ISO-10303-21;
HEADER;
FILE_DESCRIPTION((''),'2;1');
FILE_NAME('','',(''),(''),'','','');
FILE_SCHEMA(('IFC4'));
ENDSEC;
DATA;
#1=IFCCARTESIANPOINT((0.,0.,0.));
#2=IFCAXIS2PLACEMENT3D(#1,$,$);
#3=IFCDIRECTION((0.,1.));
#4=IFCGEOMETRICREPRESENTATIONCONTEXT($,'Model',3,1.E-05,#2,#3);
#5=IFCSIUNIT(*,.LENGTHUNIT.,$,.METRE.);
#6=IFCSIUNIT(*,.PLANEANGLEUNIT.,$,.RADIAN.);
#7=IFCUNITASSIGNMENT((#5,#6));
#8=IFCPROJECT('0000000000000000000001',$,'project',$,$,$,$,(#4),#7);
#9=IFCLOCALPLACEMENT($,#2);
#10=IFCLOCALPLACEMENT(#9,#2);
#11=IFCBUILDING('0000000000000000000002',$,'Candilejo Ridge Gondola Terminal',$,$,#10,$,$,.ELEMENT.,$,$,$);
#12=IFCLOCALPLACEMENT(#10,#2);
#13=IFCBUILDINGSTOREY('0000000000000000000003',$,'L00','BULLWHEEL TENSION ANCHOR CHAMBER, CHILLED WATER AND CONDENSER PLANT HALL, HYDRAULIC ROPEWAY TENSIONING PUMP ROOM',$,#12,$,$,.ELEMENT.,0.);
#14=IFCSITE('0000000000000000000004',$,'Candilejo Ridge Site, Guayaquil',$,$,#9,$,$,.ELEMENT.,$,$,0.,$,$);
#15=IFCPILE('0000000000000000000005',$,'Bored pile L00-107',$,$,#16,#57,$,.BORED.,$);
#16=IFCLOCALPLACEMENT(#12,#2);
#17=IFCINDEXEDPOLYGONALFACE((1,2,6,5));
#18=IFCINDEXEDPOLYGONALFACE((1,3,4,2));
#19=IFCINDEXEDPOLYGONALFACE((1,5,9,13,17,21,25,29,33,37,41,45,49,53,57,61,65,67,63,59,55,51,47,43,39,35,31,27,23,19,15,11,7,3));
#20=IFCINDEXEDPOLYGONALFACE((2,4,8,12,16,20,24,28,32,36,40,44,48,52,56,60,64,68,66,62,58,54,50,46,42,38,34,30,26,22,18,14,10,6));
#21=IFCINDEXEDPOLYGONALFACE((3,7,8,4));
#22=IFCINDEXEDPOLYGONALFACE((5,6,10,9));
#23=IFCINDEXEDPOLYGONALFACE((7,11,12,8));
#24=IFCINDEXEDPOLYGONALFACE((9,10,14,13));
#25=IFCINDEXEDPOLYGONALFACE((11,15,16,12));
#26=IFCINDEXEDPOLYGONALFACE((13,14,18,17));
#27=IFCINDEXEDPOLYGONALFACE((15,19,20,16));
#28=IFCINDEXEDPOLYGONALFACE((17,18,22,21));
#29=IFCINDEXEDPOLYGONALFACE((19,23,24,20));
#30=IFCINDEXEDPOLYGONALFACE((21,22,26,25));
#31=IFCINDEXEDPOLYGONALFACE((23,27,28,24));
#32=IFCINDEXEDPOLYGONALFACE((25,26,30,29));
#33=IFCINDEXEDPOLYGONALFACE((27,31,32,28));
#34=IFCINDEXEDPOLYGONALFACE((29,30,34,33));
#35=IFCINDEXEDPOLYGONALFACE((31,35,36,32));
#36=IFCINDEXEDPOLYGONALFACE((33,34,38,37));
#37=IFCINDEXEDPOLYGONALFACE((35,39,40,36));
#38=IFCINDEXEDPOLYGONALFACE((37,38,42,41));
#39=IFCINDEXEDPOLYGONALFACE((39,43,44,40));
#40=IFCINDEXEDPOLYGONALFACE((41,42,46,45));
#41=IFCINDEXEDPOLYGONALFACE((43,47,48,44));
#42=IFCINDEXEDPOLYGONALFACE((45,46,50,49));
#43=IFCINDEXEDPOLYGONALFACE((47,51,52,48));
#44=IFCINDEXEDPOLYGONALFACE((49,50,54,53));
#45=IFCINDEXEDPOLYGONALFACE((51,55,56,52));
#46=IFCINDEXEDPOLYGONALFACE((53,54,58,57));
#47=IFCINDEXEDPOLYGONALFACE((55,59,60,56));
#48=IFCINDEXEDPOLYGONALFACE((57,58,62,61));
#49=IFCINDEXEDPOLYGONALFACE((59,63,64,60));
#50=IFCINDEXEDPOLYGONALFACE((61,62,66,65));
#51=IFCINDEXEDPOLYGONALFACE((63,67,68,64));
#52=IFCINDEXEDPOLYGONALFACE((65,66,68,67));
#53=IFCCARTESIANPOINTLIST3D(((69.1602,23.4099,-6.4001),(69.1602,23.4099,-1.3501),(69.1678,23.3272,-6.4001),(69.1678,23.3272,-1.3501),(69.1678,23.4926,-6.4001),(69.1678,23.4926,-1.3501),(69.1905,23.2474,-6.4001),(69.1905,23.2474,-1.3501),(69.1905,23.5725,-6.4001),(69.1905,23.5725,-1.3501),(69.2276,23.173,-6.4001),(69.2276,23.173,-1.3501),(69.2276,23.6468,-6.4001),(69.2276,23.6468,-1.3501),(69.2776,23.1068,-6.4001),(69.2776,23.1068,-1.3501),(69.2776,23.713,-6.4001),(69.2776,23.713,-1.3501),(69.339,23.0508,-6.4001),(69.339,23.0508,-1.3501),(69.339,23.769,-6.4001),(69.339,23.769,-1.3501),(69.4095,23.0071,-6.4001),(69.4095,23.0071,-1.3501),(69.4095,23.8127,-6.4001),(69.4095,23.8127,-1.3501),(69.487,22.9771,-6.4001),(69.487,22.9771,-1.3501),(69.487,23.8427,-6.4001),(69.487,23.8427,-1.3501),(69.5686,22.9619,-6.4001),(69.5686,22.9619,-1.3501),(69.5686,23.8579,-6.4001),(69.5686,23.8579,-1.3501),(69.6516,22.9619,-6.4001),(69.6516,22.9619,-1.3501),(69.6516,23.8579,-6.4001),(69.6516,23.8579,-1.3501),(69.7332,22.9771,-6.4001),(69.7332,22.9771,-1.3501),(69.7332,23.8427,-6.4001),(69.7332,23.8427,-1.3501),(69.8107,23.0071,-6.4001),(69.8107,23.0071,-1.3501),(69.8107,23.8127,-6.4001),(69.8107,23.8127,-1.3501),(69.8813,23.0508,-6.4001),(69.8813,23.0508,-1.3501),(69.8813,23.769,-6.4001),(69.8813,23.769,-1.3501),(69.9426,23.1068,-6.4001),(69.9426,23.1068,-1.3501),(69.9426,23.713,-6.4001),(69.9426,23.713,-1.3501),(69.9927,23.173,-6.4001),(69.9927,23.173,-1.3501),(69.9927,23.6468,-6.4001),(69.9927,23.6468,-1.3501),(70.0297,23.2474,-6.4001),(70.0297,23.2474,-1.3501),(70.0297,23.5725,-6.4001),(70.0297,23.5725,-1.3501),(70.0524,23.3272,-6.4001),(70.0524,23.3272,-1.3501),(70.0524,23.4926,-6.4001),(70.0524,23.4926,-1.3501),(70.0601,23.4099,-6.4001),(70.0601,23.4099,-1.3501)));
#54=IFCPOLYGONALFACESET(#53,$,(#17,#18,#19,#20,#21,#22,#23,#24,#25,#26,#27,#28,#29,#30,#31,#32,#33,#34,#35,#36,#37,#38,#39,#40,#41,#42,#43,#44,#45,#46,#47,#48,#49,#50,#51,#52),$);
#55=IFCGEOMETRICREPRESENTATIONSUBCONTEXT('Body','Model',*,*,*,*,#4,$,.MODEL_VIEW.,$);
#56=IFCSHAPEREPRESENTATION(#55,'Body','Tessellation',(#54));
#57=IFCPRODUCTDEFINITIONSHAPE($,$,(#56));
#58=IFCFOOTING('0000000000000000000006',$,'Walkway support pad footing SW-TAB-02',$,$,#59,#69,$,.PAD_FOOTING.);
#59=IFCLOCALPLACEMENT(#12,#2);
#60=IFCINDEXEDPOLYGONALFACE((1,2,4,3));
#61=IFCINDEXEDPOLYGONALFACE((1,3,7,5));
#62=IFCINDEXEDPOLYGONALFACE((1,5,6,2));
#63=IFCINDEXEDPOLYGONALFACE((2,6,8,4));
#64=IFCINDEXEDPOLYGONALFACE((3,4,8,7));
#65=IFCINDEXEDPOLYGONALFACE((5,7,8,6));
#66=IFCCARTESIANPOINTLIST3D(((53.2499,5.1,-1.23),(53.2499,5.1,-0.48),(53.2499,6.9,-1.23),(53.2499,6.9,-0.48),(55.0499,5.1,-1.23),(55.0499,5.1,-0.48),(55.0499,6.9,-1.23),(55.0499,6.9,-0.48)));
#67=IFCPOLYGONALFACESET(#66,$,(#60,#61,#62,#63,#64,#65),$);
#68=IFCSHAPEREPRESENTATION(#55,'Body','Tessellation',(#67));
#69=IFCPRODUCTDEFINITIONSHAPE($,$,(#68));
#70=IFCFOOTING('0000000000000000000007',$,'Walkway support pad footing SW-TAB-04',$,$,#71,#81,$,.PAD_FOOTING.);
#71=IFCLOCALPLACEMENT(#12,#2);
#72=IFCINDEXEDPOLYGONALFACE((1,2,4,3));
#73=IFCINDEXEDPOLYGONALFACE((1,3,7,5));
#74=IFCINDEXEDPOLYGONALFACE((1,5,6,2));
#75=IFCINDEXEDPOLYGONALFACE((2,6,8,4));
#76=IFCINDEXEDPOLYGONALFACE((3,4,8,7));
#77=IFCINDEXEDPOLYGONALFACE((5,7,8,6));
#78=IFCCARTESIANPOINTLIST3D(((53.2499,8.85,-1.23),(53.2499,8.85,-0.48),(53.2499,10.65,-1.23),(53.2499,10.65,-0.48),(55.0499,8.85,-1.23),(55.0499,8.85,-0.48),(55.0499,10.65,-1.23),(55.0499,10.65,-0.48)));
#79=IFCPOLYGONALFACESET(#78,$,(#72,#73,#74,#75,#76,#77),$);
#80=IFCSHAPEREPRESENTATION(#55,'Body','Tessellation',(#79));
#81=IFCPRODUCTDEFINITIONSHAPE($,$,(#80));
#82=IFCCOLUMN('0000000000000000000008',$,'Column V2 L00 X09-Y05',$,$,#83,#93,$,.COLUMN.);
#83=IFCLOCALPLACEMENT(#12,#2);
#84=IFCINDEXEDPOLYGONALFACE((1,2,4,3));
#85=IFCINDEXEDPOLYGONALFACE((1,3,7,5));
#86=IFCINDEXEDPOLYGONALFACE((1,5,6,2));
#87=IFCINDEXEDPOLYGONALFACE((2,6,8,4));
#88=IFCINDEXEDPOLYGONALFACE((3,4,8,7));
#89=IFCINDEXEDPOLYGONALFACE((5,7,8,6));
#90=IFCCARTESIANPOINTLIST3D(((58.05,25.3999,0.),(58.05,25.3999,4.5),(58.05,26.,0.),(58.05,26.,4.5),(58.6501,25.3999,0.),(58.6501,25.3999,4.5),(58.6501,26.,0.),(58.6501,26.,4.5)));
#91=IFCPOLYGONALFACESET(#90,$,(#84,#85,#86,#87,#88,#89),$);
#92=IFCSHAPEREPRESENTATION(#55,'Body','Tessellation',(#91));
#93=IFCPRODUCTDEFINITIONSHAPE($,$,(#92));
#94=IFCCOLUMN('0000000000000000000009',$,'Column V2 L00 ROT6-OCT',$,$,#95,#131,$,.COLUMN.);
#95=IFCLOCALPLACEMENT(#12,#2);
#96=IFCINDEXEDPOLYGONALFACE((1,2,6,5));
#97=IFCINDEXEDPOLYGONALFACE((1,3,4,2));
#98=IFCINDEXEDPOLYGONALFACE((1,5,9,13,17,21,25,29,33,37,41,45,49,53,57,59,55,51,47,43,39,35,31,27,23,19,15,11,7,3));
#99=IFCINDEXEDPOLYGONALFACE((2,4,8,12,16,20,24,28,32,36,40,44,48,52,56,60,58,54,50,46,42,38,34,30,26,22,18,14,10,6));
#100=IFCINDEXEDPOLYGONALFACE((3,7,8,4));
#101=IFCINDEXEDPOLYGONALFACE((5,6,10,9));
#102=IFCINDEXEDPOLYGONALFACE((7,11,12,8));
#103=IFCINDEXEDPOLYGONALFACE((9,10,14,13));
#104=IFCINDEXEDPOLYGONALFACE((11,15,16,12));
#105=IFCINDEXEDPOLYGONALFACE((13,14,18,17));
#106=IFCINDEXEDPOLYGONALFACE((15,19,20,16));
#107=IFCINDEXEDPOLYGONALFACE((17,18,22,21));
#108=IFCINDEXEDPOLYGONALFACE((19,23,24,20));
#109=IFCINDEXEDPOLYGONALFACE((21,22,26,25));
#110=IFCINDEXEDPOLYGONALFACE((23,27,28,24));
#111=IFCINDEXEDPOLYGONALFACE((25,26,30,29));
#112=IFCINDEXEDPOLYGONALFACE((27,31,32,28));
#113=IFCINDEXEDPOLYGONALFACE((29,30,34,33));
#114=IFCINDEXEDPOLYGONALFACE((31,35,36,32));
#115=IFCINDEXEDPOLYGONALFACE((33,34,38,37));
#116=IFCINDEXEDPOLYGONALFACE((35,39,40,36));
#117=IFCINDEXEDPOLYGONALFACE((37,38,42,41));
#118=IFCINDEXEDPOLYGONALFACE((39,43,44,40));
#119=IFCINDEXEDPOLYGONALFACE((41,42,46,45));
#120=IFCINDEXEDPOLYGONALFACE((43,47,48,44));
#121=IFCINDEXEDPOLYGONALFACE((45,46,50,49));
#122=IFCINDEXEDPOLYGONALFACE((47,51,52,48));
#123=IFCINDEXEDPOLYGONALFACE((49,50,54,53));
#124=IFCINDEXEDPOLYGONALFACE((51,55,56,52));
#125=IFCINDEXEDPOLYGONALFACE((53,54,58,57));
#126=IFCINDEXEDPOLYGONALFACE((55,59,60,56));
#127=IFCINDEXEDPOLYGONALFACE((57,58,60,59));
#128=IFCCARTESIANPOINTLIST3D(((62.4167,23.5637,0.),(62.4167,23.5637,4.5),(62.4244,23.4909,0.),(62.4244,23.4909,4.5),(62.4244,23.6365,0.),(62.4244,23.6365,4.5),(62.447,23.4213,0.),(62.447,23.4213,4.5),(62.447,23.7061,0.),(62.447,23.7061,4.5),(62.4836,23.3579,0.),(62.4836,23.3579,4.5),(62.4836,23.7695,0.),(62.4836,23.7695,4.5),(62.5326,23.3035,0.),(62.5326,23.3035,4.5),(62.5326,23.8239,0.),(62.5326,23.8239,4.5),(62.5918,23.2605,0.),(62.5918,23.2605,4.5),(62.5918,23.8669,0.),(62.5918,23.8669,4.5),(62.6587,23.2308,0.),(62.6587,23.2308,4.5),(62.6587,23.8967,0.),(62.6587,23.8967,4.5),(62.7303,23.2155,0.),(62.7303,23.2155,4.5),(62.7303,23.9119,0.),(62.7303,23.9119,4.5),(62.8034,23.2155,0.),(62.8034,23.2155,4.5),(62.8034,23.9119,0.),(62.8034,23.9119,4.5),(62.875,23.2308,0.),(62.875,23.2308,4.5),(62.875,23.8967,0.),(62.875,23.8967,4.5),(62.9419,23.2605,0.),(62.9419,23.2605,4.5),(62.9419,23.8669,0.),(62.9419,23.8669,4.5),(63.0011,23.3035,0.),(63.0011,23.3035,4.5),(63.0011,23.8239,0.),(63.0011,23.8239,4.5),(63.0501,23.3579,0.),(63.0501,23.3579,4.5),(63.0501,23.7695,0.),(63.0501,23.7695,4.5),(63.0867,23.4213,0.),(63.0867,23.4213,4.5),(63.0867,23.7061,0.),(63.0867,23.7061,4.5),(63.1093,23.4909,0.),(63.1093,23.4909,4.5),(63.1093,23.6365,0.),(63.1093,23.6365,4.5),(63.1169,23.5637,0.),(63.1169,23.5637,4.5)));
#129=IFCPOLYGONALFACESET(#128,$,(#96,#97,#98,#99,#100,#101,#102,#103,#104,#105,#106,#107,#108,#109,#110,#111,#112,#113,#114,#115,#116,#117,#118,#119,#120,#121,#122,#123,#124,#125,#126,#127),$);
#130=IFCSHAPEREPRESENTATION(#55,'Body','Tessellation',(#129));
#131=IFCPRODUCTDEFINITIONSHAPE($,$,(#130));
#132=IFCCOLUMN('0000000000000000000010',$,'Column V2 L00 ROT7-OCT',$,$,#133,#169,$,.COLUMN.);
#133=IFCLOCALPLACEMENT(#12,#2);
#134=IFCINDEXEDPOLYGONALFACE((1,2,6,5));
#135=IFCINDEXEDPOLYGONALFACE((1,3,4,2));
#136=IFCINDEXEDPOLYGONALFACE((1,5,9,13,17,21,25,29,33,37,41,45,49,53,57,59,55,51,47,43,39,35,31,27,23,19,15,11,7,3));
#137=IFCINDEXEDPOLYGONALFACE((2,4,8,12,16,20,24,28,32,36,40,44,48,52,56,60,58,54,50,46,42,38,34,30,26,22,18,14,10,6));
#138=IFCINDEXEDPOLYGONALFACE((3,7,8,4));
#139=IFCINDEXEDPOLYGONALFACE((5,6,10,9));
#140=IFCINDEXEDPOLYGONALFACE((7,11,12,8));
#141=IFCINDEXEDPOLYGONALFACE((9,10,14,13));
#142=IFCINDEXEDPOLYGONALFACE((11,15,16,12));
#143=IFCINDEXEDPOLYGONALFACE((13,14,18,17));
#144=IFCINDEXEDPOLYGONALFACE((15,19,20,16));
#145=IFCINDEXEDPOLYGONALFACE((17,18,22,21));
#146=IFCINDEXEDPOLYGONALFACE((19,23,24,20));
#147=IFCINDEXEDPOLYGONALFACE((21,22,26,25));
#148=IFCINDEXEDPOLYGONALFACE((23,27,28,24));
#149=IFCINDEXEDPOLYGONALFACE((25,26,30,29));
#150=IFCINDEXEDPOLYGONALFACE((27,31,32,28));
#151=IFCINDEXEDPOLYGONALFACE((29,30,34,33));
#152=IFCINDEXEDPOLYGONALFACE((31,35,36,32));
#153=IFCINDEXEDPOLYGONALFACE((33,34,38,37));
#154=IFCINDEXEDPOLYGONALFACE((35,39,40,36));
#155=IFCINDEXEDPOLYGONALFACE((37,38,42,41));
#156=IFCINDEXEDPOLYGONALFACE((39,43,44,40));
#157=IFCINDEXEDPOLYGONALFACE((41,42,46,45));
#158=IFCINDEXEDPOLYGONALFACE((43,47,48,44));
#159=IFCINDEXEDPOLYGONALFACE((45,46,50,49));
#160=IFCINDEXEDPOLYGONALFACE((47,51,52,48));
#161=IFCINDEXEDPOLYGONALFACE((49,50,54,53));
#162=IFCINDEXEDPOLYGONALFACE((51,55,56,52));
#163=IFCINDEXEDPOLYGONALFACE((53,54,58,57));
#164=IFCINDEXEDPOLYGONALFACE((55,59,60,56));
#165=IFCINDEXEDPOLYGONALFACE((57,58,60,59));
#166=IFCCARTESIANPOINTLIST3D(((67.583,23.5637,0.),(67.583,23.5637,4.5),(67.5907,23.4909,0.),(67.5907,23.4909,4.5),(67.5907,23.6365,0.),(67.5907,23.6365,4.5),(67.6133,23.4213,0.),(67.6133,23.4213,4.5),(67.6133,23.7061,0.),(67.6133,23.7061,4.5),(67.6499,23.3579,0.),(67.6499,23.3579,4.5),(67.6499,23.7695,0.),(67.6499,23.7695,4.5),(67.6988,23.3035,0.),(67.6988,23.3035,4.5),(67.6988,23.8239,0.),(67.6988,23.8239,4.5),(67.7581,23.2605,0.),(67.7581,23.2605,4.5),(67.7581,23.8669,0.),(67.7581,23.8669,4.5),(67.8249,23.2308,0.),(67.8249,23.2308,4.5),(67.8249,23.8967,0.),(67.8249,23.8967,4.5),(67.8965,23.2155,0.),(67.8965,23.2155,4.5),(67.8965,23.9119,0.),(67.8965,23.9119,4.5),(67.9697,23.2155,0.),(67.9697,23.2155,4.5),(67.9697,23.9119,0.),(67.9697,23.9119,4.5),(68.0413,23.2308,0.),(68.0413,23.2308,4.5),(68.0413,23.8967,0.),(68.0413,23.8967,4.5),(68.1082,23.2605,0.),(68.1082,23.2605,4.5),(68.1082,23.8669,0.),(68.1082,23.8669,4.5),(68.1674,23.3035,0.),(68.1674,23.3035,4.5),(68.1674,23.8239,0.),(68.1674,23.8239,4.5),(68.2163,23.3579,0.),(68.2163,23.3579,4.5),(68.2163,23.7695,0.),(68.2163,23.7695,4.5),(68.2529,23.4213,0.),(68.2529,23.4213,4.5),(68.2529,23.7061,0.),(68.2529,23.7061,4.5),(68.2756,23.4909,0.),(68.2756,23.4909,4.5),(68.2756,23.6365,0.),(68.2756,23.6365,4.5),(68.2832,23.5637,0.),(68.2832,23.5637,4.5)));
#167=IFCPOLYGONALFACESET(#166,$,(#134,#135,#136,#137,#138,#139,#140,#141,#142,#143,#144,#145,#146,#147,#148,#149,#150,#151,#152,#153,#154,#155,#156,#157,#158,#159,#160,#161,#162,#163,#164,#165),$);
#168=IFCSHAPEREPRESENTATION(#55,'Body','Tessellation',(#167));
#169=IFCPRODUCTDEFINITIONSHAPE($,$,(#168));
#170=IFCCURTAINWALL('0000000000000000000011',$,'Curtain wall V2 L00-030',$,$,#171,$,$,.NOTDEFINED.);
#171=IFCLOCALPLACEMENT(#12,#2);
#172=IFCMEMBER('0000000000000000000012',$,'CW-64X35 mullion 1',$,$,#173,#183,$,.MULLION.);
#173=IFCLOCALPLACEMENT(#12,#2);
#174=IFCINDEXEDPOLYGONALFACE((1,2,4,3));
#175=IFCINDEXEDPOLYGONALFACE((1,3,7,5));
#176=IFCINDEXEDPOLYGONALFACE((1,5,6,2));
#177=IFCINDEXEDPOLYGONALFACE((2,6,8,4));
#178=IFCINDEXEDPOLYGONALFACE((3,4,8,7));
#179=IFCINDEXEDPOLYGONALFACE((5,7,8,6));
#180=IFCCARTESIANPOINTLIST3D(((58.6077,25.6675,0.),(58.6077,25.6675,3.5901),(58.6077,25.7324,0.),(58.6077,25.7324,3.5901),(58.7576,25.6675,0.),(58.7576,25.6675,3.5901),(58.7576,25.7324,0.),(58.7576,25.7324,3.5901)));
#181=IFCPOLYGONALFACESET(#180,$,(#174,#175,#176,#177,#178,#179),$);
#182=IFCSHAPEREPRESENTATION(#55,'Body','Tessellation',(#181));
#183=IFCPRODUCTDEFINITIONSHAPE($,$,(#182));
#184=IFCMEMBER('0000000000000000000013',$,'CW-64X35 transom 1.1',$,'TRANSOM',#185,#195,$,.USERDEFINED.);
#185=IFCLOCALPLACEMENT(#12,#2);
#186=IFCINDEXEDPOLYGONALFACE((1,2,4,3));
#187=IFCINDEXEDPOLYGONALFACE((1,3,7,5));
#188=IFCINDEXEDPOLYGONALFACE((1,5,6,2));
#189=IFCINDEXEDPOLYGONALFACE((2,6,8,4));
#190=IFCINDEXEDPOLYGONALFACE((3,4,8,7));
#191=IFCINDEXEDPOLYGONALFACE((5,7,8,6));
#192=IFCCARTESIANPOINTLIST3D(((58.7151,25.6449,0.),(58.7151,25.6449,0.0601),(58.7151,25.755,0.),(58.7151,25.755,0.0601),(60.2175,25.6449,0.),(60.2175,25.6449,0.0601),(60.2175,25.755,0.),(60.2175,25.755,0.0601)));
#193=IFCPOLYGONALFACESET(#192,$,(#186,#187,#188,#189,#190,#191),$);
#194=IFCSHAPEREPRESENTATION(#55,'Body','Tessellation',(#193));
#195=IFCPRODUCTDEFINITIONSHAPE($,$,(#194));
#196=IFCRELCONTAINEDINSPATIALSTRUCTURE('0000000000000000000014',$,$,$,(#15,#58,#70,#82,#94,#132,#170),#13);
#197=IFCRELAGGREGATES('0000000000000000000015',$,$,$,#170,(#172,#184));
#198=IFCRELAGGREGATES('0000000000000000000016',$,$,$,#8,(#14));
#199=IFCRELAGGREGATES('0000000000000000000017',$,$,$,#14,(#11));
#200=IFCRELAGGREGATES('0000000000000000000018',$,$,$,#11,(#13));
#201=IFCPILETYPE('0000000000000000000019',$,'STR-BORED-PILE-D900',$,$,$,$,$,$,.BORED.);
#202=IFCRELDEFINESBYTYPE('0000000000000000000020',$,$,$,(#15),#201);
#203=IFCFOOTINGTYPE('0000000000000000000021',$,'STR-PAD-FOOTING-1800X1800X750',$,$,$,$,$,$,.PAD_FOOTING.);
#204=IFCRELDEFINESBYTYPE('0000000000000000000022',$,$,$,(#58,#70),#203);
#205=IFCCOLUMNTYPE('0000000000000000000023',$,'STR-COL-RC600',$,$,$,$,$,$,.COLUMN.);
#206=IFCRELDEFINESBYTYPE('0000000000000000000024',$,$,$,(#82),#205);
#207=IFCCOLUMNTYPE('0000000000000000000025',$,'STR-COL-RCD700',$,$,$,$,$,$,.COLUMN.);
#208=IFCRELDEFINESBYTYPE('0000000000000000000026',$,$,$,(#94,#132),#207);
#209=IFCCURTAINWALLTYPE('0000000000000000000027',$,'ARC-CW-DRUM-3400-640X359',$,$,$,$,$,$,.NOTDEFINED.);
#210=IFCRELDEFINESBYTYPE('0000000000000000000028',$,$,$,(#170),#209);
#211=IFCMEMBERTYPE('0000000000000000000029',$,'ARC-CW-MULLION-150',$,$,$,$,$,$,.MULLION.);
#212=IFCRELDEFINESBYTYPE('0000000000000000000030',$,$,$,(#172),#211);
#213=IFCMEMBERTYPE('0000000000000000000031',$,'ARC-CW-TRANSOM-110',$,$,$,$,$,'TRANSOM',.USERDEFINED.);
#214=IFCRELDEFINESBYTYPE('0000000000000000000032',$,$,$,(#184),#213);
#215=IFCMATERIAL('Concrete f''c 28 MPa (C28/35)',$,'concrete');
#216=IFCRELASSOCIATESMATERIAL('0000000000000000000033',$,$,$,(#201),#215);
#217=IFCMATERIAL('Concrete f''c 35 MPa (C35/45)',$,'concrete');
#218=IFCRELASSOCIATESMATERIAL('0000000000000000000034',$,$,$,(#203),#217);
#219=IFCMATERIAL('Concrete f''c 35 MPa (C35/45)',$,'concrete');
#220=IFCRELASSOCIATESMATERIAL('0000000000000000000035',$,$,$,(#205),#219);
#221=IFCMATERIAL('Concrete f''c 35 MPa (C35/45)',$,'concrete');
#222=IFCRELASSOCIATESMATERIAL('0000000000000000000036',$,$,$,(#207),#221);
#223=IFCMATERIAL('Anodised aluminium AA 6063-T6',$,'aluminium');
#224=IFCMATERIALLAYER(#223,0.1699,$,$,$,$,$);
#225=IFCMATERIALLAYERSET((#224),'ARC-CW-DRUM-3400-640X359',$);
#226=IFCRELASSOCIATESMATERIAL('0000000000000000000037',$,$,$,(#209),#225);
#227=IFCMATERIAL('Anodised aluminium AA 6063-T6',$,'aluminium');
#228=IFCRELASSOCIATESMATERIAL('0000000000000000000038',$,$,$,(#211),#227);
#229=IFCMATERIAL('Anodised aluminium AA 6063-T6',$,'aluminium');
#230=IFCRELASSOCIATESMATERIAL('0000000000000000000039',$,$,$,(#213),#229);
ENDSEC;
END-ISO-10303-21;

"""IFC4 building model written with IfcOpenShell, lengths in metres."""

from ifc_helpers import new_model, si_unit, direction, frame, origin, origin_2d, place, context, subcontext, project, spatial, rectangle, circle, extrude, material, layer, layer_set, material_profile, profile_set, type_object, element, aggregate, save


model = new_model("IFC4")

# Units and contexts
model_context = context("Model", 3, precision=1e-05, world=origin(), true_north=direction((0.0, 1.0)))
body_context = subcontext(model_context, "Body", "Model", "MODEL_VIEW")
ifc_project = project(units=[si_unit("LENGTHUNIT", "METRE"), si_unit("PLANEANGLEUNIT", "RADIAN")], contexts=[model_context])

# Site, building, storey
site_placement = place(None, origin())
site = spatial("IfcSite", under=ifc_project, at=site_placement, Name="Candilejo Ridge Site, Guayaquil", CompositionType="ELEMENT", RefElevation=0.0)
building_placement = place(site_placement, origin())
building = spatial("IfcBuilding", under=site, at=building_placement, Name="Candilejo Ridge Gondola Terminal", CompositionType="ELEMENT")
storey_placement = place(building_placement, origin())
storey = spatial("IfcBuildingStorey", under=building, at=storey_placement, Name="L00", Description="BULLWHEEL TENSION ANCHOR CHAMBER, CHILLED WATER AND CONDENSER PLANT HALL, HYDRAULIC ROPEWAY TENSIONING PUMP ROOM", CompositionType="ELEMENT", Elevation=0.0)

# Pile
ifc_material_1 = material(Name="Concrete f'c 28 MPa (C28/35)", Category="concrete")
ifc_material_profile_1 = material_profile(ifc_material_1, circle(Radius=0.45, at=origin_2d()))
ifc_profile_set_1 = profile_set([ifc_material_profile_1], Name="Concrete f'c 28 MPa (C28/35)")
pile_type = type_object("IfcPileType", Name="STR-BORED-PILE-D900", PredefinedType="BORED", material=ifc_profile_set_1)
for number, where, z_axis, x_axis, name in (
    (1, (69.6101, 23.4099, -1.3501), (0.0, 0.0, -1.0), (1.0, 0.0, 0.0), "Bored pile L00-107"),
):
    element("IfcPile", number, at=place(storey_placement, frame(where, z_axis=z_axis, x_axis=x_axis)), inside=storey, type_object=pile_type, Name=name, PredefinedType="BORED", context=body_context, shape_type="SweptSolid", body=[
        extrude(circle(Radius=0.45, at=origin_2d()), origin(), (0.0, 0.0, 1.0), 5.05),
    ])

# Footings
ifc_material_2 = material(Name="Concrete f'c 35 MPa (C35/45)", Category="concrete")
footing_type = type_object("IfcFootingType", Name="STR-PAD-FOOTING-1800X1800X750", PredefinedType="PAD_FOOTING", material=ifc_material_2)
for number, where, z_axis, x_axis, name in (
    (2, (54.1499, 6.0, -1.23), (0.0, 0.0, 1.0), (1.0, 0.0, 0.0), "Walkway support pad footing SW-TAB-02"),
    (3, (54.1499, 9.75, -1.23), (0.0, 0.0, 1.0), (1.0, 0.0, 0.0), "Walkway support pad footing SW-TAB-04"),
):
    element("IfcFooting", number, at=place(storey_placement, frame(where, z_axis=z_axis, x_axis=x_axis)), inside=storey, type_object=footing_type, Name=name, PredefinedType="PAD_FOOTING", context=body_context, shape_type="SweptSolid", body=[
        extrude(rectangle(XDim=1.8, YDim=1.8, at=origin_2d()), origin(), (0.0, 0.0, 1.0), 0.75),
    ])

# Columns
ifc_material_3 = material(Name="Concrete f'c 35 MPa (C35/45)", Category="concrete")
ifc_material_profile_2 = material_profile(ifc_material_3, rectangle(XDim=0.6001, YDim=0.6001, at=origin_2d()))
ifc_profile_set_2 = profile_set([ifc_material_profile_2], Name="Concrete f'c 35 MPa (C35/45)")
column_type_1 = type_object("IfcColumnType", Name="STR-COL-RC600", PredefinedType="COLUMN", material=ifc_profile_set_2)
column_placement = place(storey_placement, frame((58.3501, 25.7, 0.0), z_axis=(0.0, 0.0, 1.0), x_axis=(1.0, 0.0, 0.0)))
element("IfcColumn", 4, at=column_placement, inside=storey, type_object=column_type_1, Name="Column V2 L00 X09-Y05", PredefinedType="COLUMN", context=body_context, shape_type="SweptSolid", body=[
    extrude(rectangle(XDim=0.6001, YDim=0.6001, at=origin_2d()), origin(), (0.0, 0.0, 1.0), 4.5),
])
ifc_material_4 = material(Name="Concrete f'c 35 MPa (C35/45)", Category="concrete")
ifc_material_profile_3 = material_profile(ifc_material_4, circle(Radius=0.3501, at=origin_2d()))
ifc_profile_set_3 = profile_set([ifc_material_profile_3], Name="Concrete f'c 35 MPa (C35/45)")
column_type_2 = type_object("IfcColumnType", Name="STR-COL-RCD700", PredefinedType="COLUMN", material=ifc_profile_set_3)
for number, where, z_axis, x_axis, name in (
    (5, (62.7668, 23.5637, 0.0), (0.0, 0.0, 1.0), (1.0, 0.0, 0.0), "Column V2 L00 ROT6-OCT"),
    (6, (67.9331, 23.5637, 0.0), (0.0, 0.0, 1.0), (1.0, 0.0, 0.0), "Column V2 L00 ROT7-OCT"),
):
    element("IfcColumn", number, at=place(storey_placement, frame(where, z_axis=z_axis, x_axis=x_axis)), inside=storey, type_object=column_type_2, Name=name, PredefinedType="COLUMN", context=body_context, shape_type="SweptSolid", body=[
        extrude(circle(Radius=0.3501, at=origin_2d()), origin(), (0.0, 0.0, 1.0), 4.5),
    ])

# Curtain wall, members
ifc_material_5 = material(Name="Anodised aluminium AA 6063-T6", Category="aluminium")
ifc_layer_1 = layer(ifc_material_5, 0.1699)
ifc_layer_set_1 = layer_set([ifc_layer_1], Name="ARC-CW-DRUM-3400-640X359")
curtain_wall_type = type_object("IfcCurtainWallType", Name="ARC-CW-DRUM-3400-640X359", PredefinedType="NOTDEFINED", material=ifc_layer_set_1)
curtain_wall_placement = place(storey_placement, origin())
curtain_wall = element("IfcCurtainWall", 7, at=curtain_wall_placement, inside=storey, type_object=curtain_wall_type, Name="Curtain wall V2 L00-030", PredefinedType="NOTDEFINED")
ifc_material_6 = material(Name="Anodised aluminium AA 6063-T6", Category="aluminium")
ifc_material_profile_4 = material_profile(ifc_material_6, rectangle(XDim=0.0649, YDim=0.1499, at=origin_2d()))
ifc_profile_set_4 = profile_set([ifc_material_profile_4], Name="Anodised aluminium AA 6063-T6")
member_type_1 = type_object("IfcMemberType", Name="ARC-CW-MULLION-150", PredefinedType="MULLION", material=ifc_profile_set_4)
member_1_placement = place(storey_placement, frame((58.6826, 25.7, 0.0), z_axis=(0.0, 0.0, 1.0), x_axis=(0.0, 1.0, 0.0)))
member_1 = element("IfcMember", 8, at=member_1_placement, type_object=member_type_1, Name="CW-64X35 mullion 1", PredefinedType="MULLION", context=body_context, shape_type="SweptSolid", body=[
    extrude(rectangle(XDim=0.0649, YDim=0.1499, at=origin_2d()), origin(), (0.0, 0.0, 1.0), 3.5901),
])
ifc_material_7 = material(Name="Anodised aluminium AA 6063-T6", Category="aluminium")
ifc_material_profile_5 = material_profile(ifc_material_7, rectangle(XDim=0.1101, YDim=0.0601, at=origin_2d()))
ifc_profile_set_5 = profile_set([ifc_material_profile_5], Name="Anodised aluminium AA 6063-T6")
member_type_2 = type_object("IfcMemberType", Name="ARC-CW-TRANSOM-110", ElementType="TRANSOM", PredefinedType="USERDEFINED", material=ifc_profile_set_5)
member_2_placement = place(storey_placement, frame((58.7151, 25.7, 0.03), z_axis=(1.0, 0.0, 0.0), x_axis=(0.0, 1.0, 0.0)))
member_2 = element("IfcMember", 9, at=member_2_placement, type_object=member_type_2, Name="CW-64X35 transom 1.1", ObjectType="TRANSOM", PredefinedType="USERDEFINED", context=body_context, shape_type="SweptSolid", body=[
    extrude(rectangle(XDim=0.1101, YDim=0.0601, at=origin_2d()), origin(), (0.0, 0.0, 1.0), 1.5024),
])

aggregate(curtain_wall, [member_1, member_2])

save(model, "model.ifc")
